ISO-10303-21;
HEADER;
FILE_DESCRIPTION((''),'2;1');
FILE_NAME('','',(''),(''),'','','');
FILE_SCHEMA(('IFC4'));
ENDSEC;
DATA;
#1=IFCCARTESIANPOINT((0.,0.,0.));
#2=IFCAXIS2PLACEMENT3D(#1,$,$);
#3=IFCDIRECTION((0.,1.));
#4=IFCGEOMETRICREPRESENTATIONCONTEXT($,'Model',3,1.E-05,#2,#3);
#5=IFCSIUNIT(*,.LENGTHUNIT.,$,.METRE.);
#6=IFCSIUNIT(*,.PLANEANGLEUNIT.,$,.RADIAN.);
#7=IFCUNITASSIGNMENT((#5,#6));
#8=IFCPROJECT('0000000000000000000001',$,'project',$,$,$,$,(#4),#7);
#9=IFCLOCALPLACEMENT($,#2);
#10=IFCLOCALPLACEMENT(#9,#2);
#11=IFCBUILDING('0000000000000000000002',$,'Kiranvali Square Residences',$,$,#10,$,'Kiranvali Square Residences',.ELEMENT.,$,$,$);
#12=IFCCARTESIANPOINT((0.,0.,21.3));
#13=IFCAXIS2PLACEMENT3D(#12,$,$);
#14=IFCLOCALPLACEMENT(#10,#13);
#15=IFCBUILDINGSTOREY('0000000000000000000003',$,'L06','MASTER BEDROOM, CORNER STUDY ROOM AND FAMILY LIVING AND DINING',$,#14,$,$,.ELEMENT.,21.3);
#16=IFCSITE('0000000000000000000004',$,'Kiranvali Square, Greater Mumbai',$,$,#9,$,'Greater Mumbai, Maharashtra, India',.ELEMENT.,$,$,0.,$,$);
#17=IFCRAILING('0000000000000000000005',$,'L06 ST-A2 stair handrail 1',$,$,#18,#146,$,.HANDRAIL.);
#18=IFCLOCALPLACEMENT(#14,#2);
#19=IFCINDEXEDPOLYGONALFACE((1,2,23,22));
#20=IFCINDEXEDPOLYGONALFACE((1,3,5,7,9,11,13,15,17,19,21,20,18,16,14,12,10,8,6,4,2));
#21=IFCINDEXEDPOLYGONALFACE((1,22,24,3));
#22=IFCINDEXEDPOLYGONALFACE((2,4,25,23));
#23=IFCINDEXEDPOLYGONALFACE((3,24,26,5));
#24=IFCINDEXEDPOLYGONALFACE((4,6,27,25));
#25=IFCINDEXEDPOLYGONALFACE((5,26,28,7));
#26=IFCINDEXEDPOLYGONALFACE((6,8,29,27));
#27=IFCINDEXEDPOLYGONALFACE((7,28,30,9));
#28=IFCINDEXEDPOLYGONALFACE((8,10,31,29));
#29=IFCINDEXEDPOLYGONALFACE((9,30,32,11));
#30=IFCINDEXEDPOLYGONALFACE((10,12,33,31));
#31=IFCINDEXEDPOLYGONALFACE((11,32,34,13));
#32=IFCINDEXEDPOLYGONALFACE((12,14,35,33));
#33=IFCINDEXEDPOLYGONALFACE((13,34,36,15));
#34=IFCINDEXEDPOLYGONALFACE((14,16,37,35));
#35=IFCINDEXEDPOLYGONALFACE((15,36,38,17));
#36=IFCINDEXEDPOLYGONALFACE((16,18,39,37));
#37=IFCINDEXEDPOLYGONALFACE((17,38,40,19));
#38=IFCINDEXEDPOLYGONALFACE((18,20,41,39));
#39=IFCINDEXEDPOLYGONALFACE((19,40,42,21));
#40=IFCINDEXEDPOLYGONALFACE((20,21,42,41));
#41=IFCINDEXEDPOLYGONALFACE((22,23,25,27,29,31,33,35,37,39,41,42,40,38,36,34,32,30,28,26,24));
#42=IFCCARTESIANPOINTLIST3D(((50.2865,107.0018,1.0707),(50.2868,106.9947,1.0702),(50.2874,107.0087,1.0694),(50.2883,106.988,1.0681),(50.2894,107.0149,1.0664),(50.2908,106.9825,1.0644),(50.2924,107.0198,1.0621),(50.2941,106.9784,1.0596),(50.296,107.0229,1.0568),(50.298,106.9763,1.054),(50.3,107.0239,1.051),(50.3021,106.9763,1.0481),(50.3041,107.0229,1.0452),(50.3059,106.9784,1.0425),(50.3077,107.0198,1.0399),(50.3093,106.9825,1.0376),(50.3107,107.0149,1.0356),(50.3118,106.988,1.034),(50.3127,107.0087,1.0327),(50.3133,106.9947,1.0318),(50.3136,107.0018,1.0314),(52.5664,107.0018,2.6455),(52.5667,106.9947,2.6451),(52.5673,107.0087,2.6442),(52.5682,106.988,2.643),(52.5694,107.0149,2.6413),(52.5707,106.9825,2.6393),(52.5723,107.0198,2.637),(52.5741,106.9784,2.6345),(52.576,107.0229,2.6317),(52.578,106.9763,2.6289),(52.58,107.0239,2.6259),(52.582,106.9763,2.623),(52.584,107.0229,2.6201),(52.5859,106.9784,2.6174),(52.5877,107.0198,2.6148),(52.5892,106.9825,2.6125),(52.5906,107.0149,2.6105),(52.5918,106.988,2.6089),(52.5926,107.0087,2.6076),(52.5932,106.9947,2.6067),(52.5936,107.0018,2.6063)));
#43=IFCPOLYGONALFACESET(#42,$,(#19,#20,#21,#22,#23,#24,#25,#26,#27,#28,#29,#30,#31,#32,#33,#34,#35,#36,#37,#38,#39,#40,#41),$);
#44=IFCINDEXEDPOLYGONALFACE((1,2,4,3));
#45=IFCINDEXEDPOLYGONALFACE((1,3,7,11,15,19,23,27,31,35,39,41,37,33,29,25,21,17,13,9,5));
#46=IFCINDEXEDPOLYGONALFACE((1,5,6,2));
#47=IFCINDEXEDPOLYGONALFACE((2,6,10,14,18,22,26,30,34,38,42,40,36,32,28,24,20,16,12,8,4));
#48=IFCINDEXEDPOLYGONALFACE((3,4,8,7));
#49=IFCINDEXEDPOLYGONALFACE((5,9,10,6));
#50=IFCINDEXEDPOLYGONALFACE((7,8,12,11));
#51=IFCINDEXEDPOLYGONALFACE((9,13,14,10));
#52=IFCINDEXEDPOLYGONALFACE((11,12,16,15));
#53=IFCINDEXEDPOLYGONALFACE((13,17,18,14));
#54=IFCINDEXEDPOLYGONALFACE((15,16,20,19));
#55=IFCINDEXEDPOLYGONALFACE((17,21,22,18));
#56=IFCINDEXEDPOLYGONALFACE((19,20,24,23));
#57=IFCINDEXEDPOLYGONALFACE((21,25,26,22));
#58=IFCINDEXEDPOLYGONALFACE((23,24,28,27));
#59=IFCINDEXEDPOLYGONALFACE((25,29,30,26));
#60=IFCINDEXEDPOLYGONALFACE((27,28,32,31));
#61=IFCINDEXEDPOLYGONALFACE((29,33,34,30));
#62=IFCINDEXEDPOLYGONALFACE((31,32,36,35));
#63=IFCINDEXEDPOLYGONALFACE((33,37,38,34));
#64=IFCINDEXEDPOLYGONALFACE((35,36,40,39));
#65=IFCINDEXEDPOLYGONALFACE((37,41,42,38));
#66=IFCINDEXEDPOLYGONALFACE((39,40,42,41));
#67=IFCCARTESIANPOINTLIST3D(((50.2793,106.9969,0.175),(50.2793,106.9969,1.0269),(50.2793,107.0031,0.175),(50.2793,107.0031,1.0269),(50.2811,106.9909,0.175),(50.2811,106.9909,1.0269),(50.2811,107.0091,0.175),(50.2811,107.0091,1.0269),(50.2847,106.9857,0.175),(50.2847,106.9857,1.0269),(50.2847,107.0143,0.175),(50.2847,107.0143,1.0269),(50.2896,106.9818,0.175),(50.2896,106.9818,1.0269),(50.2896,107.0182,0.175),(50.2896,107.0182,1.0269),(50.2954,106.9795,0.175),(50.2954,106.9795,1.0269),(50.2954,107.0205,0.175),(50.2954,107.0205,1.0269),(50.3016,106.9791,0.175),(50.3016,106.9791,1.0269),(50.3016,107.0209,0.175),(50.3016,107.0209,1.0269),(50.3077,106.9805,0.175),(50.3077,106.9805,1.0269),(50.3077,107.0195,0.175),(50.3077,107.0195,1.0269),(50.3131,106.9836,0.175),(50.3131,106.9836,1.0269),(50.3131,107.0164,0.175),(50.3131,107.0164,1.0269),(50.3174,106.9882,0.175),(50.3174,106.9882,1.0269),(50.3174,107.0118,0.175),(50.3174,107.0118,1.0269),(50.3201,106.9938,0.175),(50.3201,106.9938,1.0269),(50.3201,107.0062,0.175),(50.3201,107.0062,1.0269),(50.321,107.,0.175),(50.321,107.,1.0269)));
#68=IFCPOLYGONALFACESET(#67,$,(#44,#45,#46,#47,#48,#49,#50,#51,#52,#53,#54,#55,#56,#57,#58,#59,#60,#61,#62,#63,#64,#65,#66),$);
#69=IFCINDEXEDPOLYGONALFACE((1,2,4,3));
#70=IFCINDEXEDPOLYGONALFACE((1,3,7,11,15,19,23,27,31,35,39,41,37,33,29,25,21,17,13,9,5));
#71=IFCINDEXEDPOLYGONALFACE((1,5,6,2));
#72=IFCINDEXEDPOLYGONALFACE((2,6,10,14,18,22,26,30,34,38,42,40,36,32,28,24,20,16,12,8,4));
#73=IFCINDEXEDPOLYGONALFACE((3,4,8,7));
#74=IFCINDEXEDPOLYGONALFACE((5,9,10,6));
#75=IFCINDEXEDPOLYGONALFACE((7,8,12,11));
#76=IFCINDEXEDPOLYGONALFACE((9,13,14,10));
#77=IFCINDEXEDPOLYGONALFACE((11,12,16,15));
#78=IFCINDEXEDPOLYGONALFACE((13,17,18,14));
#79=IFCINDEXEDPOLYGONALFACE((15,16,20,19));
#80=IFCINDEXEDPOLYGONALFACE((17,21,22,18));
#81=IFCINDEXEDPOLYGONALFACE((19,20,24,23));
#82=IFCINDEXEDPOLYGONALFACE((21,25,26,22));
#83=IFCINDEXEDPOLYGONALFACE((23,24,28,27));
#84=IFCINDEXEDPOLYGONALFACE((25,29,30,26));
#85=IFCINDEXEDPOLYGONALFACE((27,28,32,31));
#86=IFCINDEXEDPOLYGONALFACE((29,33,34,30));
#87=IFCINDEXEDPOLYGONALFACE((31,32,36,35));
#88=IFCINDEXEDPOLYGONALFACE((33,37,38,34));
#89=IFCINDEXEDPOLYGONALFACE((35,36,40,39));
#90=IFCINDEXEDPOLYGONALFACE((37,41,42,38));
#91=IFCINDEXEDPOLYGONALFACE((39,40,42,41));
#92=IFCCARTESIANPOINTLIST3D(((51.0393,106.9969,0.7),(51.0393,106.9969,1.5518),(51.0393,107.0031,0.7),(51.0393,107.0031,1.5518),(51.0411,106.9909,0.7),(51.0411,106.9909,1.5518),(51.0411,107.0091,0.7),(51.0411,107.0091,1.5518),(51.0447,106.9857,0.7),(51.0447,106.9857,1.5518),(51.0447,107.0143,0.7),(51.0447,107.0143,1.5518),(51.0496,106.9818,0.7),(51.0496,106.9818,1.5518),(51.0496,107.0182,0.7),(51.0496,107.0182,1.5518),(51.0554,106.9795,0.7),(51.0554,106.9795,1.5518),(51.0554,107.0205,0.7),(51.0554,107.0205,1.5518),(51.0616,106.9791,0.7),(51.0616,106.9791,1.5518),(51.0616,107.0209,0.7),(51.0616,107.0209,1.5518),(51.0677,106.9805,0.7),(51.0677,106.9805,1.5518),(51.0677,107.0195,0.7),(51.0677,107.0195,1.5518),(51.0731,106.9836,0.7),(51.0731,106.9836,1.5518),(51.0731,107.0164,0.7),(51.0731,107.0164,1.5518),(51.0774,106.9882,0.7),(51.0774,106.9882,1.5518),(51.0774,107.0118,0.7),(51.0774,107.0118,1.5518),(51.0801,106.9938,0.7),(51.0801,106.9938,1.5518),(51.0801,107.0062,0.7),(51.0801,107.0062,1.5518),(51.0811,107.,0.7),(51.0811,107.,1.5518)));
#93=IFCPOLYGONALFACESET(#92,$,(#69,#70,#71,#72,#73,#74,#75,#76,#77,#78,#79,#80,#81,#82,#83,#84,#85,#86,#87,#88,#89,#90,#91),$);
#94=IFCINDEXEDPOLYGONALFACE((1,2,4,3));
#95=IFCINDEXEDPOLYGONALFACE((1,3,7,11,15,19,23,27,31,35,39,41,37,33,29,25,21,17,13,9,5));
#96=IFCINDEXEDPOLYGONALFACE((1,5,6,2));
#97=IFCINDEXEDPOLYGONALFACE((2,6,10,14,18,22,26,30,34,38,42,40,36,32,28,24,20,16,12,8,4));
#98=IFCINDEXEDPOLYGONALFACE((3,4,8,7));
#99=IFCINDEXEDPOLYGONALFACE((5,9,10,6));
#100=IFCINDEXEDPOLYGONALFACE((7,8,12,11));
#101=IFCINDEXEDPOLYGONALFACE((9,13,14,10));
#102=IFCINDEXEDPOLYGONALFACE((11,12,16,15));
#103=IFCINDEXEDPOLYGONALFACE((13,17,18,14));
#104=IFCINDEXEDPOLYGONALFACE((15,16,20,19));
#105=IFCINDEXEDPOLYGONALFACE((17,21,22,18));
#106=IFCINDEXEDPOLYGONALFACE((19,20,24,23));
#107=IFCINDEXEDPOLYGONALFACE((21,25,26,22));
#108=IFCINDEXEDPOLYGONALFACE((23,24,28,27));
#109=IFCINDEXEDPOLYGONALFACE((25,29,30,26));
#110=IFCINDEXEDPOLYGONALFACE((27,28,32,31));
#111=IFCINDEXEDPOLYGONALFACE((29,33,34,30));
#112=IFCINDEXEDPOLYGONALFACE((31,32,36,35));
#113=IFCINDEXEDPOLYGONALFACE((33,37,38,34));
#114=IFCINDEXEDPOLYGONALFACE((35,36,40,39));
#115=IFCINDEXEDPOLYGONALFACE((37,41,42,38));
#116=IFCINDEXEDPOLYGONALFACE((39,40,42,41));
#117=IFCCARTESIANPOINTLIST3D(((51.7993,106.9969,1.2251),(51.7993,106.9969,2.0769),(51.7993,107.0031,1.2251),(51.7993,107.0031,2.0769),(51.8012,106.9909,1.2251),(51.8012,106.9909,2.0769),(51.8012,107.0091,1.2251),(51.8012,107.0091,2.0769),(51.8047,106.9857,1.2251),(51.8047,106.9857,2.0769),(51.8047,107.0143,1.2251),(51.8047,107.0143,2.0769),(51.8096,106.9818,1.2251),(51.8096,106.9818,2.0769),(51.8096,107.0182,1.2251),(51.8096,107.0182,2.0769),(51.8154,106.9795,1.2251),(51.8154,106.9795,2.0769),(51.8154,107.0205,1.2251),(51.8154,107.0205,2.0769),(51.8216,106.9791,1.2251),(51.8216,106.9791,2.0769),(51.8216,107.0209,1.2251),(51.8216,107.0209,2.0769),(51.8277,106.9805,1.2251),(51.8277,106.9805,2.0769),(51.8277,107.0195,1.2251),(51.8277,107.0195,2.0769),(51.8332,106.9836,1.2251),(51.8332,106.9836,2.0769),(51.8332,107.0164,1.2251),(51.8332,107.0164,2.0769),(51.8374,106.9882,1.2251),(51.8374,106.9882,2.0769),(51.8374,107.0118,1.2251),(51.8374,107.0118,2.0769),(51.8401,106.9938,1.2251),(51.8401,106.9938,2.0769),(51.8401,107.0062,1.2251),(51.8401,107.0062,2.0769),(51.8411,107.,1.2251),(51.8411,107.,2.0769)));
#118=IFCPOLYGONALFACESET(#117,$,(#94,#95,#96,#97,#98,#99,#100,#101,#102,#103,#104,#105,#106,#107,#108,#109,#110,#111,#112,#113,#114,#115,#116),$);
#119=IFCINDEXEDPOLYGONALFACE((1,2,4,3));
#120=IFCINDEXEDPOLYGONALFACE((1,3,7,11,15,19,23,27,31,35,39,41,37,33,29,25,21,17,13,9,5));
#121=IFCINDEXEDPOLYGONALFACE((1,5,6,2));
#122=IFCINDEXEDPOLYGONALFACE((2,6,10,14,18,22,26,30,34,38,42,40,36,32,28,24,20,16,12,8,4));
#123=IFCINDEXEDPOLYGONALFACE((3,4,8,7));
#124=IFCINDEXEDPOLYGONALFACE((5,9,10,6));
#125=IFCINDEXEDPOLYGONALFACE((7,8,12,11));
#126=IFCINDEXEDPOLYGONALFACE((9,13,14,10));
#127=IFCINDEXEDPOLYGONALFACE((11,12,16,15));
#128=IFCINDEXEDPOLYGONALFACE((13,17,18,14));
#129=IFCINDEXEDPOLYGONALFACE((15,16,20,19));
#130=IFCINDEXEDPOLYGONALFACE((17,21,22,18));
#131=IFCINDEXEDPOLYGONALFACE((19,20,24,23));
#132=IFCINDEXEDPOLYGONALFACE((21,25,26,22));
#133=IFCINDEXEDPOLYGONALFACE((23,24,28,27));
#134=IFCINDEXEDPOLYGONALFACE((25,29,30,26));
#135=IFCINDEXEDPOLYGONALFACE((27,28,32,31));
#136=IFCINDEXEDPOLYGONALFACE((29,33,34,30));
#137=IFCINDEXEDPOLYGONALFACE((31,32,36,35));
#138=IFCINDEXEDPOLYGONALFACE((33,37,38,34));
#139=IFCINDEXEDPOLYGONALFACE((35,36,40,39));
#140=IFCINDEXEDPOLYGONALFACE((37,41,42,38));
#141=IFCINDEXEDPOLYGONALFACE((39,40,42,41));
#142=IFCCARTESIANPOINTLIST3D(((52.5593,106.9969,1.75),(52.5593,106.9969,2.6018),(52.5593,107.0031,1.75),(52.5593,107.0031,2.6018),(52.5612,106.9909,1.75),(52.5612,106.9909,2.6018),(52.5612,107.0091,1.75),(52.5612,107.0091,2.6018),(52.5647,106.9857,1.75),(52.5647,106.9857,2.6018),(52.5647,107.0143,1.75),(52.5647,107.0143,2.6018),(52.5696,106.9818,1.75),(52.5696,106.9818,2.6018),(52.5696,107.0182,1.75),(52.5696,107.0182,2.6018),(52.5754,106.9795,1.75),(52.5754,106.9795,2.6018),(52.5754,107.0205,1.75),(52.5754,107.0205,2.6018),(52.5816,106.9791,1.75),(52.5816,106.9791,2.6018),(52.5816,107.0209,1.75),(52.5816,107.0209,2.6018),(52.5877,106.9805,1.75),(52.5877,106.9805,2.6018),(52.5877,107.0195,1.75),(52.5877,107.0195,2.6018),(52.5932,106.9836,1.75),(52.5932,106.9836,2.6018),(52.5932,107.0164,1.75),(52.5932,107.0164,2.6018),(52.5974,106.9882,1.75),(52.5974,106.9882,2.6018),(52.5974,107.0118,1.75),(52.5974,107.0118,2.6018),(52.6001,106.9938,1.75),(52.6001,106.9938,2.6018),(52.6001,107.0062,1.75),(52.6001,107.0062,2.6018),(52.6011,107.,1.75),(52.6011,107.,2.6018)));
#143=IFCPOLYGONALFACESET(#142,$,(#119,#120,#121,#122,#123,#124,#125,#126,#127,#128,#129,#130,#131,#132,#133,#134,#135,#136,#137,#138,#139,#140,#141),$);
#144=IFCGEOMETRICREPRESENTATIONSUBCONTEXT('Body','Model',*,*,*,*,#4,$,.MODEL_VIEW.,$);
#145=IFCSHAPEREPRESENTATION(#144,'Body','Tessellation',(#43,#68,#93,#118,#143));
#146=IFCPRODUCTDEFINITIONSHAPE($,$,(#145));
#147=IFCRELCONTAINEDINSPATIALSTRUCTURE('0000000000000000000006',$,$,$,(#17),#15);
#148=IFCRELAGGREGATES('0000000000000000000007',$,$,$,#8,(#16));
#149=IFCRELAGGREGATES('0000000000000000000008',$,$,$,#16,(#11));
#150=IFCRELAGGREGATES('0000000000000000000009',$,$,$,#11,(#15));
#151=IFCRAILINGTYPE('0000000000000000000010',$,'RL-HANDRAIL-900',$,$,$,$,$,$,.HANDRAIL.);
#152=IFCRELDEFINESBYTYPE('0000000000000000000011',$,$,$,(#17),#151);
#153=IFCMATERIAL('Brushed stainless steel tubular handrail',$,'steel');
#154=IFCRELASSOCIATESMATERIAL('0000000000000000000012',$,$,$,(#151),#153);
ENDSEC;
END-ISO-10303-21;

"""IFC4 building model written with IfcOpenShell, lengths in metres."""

from ifc_helpers import new_model, si_unit, direction, frame, origin, origin_2d, place, context, subcontext, project, spatial, circle, extrude, material, type_object, element, save


model = new_model("IFC4")

# Units and contexts
model_context = context("Model", 3, precision=1e-05, world=origin(), true_north=direction((0.0, 1.0)))
body_context = subcontext(model_context, "Body", "Model", "MODEL_VIEW")
ifc_project = project(units=[si_unit("LENGTHUNIT", "METRE"), si_unit("PLANEANGLEUNIT", "RADIAN")], contexts=[model_context])

# Site, building, storey
site_placement = place(None, origin())
site = spatial("IfcSite", under=ifc_project, at=site_placement, Name="Kiranvali Square, Greater Mumbai", LongName="Greater Mumbai, Maharashtra, India", CompositionType="ELEMENT", RefElevation=0.0)
building_placement = place(site_placement, origin())
building = spatial("IfcBuilding", under=site, at=building_placement, Name="Kiranvali Square Residences", LongName="Kiranvali Square Residences", CompositionType="ELEMENT")
storey_placement = place(building_placement, frame((0.0, 0.0, 21.3)))
storey = spatial("IfcBuildingStorey", under=building, at=storey_placement, Name="L06", Description="MASTER BEDROOM, CORNER STUDY ROOM AND FAMILY LIVING AND DINING", CompositionType="ELEMENT", Elevation=21.3)

# Railing
ifc_material_1 = material(Name="Brushed stainless steel tubular handrail", Category="steel")
railing_type_1 = type_object("IfcRailingType", Name="RL-HANDRAIL-900", PredefinedType="HANDRAIL", material=ifc_material_1)
railing_1_placement = place(storey_placement, frame((50.3, 107.0, 0.175)))
element("IfcRailing", 1, at=railing_1_placement, inside=storey, type_object=railing_type_1, Name="L06 ST-A2 stair handrail 1", PredefinedType="HANDRAIL", context=body_context, shape_type="SweptSolid", body=[
    extrude(circle(Radius=0.0239, at=origin_2d()), frame((0.0, 0.0, 0.876), z_axis=(0.822788, 0.0, 0.568348), x_axis=(0.0, 1.0, 0.0)), (0.0, 0.0, 1.0), 2.771),
    extrude(circle(Radius=0.021, at=origin_2d()), origin(), (0.0, 0.0, 1.0), 0.8518),
    extrude(circle(Radius=0.021, at=origin_2d()), frame((0.76, 0.0, 0.5249)), (0.0, 0.0, 1.0), 0.8518),
    extrude(circle(Radius=0.021, at=origin_2d()), frame((1.52, 0.0, 1.05)), (0.0, 0.0, 1.0), 0.8518),
    extrude(circle(Radius=0.021, at=origin_2d()), frame((2.28, 0.0, 1.575)), (0.0, 0.0, 1.0), 0.8518),
])

save(model, "model.ifc")
